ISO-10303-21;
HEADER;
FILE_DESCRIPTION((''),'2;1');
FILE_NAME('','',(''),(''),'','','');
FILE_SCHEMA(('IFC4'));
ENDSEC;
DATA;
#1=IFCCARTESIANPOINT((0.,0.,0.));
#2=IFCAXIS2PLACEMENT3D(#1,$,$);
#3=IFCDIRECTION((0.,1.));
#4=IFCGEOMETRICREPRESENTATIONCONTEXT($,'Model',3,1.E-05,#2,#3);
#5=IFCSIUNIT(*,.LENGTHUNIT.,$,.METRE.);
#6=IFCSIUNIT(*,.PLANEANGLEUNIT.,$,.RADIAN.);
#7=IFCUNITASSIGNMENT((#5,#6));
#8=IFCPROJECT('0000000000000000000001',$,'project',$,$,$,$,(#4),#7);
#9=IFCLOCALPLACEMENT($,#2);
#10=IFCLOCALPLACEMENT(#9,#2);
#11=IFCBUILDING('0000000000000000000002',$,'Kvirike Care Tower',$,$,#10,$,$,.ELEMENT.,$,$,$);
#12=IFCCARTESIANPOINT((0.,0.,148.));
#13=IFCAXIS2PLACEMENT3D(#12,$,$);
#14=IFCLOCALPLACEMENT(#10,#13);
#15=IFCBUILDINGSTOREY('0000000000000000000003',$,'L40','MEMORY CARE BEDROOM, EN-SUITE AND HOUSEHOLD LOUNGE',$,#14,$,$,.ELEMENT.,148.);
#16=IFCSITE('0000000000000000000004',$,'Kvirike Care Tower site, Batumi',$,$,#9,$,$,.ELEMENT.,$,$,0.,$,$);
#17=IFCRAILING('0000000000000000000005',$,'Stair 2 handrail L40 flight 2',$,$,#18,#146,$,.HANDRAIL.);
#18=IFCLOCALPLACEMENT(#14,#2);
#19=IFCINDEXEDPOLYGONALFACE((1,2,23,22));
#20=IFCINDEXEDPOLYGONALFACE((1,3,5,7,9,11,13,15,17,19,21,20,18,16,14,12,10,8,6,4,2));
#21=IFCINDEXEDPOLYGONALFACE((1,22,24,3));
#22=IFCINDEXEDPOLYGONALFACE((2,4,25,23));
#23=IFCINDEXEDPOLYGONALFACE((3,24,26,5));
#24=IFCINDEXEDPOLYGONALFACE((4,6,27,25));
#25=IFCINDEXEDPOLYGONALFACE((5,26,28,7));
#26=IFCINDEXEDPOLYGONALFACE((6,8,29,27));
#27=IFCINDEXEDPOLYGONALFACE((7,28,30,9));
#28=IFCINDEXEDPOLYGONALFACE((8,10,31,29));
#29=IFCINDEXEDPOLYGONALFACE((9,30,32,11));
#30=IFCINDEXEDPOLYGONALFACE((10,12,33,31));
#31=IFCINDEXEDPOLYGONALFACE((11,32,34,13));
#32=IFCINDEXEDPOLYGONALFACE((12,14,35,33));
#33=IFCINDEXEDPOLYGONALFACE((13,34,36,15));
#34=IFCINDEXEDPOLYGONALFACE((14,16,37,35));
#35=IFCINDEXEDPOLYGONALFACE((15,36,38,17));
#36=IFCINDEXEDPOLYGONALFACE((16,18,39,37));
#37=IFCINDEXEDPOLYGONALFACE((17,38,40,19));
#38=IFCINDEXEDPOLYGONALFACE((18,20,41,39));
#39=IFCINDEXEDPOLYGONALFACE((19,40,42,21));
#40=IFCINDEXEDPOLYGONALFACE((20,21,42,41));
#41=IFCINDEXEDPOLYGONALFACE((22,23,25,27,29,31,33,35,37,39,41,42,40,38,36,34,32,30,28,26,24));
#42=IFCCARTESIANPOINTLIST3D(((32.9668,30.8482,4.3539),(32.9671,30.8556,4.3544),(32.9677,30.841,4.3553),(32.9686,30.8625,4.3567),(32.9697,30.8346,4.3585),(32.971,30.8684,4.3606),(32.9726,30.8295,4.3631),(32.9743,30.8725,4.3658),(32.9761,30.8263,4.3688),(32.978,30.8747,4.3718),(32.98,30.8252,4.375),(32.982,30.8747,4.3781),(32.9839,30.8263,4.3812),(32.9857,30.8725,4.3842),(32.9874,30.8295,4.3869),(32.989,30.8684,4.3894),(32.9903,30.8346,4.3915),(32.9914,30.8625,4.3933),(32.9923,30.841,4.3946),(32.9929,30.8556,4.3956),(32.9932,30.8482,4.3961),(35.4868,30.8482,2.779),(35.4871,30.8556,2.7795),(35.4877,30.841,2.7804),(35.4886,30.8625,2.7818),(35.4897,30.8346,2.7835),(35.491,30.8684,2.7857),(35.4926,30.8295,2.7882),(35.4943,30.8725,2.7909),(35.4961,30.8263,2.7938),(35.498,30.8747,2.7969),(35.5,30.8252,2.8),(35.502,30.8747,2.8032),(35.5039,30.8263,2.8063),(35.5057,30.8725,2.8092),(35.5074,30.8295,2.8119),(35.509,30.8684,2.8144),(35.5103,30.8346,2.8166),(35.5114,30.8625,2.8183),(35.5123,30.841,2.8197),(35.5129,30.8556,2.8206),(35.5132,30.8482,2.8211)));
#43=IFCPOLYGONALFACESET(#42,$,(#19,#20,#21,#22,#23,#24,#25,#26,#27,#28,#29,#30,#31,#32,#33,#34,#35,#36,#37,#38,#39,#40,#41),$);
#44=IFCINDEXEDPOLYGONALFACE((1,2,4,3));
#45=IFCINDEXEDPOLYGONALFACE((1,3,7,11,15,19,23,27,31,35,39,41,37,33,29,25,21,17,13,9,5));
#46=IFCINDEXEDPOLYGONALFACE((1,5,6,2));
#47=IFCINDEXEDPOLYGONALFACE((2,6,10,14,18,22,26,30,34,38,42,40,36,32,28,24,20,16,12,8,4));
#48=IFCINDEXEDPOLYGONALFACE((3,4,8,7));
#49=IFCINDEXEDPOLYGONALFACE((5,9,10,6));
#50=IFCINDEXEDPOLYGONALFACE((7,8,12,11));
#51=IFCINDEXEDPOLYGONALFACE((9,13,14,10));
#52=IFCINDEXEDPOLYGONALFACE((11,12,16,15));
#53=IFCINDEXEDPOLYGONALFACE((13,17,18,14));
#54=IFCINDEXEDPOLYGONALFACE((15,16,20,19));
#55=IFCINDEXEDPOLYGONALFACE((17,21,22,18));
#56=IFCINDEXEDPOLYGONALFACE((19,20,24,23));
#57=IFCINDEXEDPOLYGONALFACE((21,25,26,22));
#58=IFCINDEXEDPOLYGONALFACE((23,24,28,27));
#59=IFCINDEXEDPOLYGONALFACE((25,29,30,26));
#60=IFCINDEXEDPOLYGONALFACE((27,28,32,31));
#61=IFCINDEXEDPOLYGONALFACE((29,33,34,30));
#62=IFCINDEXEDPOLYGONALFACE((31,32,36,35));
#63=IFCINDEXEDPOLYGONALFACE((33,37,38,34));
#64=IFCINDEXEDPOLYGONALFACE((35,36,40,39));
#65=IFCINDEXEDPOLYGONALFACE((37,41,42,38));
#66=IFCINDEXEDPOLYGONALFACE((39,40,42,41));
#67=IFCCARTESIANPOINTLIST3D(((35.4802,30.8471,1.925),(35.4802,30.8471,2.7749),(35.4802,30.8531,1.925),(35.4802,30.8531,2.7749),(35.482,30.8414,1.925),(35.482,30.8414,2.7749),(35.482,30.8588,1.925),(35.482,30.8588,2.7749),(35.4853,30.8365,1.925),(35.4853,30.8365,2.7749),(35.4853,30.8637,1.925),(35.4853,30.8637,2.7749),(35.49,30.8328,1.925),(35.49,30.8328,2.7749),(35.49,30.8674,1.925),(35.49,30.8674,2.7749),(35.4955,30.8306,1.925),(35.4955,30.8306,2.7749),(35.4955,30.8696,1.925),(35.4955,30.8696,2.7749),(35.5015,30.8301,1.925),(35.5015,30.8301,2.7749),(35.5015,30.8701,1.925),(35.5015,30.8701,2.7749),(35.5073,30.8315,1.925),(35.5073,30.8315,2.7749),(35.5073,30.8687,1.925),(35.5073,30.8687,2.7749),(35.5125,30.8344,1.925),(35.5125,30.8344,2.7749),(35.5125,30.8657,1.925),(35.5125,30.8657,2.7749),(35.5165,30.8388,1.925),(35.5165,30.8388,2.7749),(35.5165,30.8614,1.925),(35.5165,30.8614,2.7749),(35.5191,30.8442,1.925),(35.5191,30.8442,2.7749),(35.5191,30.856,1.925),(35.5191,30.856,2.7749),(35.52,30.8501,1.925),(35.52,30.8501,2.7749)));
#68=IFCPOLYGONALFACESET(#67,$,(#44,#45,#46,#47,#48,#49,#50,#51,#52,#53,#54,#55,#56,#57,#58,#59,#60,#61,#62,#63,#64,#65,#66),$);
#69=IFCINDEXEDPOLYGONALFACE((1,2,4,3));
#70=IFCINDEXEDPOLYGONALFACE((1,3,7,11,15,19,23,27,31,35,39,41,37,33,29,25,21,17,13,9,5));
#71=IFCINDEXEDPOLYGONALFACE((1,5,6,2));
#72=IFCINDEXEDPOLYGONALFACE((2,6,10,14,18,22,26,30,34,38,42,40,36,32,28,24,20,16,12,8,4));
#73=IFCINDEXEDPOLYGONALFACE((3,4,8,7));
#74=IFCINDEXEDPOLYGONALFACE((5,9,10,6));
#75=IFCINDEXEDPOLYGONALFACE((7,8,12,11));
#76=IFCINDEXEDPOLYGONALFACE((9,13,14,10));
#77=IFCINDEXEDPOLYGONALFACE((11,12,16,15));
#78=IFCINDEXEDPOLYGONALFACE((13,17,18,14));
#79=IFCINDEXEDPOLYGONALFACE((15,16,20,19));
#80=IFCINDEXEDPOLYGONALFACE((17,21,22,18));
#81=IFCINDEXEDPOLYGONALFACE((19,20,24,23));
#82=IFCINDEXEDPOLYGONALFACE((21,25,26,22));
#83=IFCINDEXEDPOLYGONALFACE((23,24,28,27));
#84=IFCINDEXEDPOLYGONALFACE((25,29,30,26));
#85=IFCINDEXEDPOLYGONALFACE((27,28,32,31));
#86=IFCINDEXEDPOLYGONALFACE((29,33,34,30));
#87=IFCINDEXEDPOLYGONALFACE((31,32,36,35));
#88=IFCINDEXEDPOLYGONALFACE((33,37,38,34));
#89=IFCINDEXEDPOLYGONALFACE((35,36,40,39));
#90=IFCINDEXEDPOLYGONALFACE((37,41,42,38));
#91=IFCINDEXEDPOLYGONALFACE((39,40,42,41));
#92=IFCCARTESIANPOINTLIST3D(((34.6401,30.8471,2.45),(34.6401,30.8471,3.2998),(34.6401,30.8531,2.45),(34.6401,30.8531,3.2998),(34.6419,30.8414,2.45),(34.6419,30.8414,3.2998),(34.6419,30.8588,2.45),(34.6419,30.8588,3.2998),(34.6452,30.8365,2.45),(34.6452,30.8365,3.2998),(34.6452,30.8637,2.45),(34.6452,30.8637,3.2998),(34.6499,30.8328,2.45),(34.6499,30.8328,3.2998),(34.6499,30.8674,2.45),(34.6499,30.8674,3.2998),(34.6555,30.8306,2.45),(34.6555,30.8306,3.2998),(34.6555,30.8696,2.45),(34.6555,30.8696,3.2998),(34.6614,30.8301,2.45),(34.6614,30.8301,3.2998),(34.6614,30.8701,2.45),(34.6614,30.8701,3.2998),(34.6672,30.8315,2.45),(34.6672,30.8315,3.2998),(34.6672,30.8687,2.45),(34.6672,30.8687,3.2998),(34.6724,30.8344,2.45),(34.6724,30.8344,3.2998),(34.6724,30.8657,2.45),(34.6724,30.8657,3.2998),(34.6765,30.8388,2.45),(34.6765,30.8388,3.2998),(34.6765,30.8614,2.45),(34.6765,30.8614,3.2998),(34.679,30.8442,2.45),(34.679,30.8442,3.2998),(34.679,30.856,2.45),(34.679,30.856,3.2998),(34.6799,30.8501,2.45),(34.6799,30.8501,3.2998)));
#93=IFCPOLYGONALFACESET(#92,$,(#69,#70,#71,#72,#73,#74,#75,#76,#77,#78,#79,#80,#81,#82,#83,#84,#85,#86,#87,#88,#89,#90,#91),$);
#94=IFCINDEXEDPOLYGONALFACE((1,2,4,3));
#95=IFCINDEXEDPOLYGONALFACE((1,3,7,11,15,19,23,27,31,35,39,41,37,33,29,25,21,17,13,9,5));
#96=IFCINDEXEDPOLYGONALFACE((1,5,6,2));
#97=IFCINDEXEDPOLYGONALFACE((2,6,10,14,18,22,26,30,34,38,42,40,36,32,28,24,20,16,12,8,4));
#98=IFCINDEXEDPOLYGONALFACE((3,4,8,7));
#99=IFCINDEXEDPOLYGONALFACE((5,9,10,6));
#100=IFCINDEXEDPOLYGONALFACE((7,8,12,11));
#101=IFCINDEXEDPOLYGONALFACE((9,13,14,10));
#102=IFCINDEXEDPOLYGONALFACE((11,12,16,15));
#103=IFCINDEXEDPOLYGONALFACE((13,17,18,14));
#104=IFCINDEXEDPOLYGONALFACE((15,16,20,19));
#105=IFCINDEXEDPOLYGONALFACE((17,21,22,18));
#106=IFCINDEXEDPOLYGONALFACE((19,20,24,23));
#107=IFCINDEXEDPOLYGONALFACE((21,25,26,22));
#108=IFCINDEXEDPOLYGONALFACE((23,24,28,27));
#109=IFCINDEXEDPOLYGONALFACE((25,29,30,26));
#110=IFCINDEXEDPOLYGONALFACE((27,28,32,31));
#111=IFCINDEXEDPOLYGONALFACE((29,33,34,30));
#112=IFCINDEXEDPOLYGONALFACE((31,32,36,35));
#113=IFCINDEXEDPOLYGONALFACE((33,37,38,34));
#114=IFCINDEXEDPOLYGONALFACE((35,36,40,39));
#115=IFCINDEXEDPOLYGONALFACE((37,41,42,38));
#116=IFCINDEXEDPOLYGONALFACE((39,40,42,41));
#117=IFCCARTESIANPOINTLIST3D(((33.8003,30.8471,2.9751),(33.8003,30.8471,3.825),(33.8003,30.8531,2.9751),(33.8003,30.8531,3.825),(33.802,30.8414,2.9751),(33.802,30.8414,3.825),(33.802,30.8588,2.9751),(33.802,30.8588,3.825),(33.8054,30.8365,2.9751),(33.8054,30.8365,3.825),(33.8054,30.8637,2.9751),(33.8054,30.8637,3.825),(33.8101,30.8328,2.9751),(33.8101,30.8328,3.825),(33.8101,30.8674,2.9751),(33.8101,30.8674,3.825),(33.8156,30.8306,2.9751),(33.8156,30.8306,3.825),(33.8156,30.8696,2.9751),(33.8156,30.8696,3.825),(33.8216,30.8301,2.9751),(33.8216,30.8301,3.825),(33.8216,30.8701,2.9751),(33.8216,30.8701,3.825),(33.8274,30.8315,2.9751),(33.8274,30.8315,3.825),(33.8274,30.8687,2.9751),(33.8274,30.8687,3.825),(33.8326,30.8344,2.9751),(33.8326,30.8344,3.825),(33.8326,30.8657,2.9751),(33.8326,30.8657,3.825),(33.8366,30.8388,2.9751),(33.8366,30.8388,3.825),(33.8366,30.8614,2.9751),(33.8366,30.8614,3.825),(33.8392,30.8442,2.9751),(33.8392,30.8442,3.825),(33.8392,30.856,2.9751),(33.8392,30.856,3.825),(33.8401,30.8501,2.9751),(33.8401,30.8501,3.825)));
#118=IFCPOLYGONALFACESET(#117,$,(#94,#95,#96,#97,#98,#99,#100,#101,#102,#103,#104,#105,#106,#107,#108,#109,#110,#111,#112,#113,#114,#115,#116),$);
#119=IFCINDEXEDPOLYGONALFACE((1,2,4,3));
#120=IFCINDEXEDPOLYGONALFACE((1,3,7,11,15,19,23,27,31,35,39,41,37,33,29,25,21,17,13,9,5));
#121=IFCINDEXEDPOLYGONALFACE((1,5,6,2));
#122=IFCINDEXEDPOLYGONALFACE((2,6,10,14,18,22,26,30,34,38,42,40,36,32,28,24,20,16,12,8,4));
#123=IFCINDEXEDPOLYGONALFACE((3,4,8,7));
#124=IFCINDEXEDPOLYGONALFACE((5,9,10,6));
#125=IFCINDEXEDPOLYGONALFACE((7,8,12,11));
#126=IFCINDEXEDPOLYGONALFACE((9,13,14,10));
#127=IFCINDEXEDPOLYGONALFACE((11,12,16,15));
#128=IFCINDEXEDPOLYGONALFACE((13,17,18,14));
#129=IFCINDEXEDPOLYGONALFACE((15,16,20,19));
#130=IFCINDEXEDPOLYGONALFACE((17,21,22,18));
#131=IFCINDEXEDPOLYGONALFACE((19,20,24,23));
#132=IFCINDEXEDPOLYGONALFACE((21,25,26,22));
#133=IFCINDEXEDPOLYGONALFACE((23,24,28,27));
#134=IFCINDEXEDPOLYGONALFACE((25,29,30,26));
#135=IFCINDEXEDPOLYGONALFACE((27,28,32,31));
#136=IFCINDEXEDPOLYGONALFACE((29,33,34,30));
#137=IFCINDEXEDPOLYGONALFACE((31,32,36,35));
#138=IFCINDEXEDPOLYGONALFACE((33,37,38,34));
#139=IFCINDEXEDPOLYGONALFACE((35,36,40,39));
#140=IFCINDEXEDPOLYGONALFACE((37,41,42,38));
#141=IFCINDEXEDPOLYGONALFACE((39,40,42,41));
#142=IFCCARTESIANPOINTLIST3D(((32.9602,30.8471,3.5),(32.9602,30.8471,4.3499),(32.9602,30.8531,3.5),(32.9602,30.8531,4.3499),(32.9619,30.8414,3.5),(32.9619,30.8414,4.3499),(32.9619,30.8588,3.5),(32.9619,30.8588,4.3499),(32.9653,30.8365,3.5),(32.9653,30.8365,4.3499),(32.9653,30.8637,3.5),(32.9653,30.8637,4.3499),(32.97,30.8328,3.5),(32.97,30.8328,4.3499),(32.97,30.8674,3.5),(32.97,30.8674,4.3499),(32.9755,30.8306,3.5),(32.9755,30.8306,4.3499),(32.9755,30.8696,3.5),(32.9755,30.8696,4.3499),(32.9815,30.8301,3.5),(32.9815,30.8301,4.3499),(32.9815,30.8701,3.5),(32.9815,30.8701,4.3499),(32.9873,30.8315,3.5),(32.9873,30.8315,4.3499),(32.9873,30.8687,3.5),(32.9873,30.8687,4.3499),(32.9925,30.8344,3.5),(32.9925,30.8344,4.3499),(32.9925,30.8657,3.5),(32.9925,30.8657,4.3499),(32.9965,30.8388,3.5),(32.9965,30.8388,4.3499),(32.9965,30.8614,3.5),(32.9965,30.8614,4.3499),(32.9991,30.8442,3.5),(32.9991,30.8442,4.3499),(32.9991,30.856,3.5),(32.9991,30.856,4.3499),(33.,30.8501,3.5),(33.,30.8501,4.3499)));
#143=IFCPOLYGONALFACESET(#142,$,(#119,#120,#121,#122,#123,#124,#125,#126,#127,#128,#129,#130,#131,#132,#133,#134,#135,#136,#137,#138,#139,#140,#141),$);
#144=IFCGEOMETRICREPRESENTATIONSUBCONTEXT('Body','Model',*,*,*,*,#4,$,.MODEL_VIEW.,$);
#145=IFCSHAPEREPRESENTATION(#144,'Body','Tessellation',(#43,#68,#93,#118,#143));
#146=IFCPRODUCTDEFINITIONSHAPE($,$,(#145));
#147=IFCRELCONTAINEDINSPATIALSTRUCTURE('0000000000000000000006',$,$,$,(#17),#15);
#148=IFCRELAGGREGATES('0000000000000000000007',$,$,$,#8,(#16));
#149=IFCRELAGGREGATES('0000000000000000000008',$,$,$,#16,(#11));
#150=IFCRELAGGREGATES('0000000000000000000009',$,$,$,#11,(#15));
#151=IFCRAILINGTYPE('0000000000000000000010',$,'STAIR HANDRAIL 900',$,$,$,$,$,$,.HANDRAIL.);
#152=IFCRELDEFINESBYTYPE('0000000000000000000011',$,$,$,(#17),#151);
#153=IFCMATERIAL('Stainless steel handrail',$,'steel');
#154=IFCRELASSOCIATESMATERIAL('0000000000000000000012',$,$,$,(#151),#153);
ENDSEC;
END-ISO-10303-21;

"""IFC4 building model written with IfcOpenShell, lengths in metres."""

from ifc_helpers import new_model, si_unit, direction, frame, origin, origin_2d, place, context, subcontext, project, spatial, circle, extrude, material, type_object, element, save


model = new_model("IFC4")

# Units and contexts
model_context = context("Model", 3, precision=1e-05, world=origin(), true_north=direction((0.0, 1.0)))
body_context = subcontext(model_context, "Body", "Model", "MODEL_VIEW")
ifc_project = project(units=[si_unit("LENGTHUNIT", "METRE"), si_unit("PLANEANGLEUNIT", "RADIAN")], contexts=[model_context])

# Site, building, storey
site_placement = place(None, origin())
site = spatial("IfcSite", under=ifc_project, at=site_placement, Name="Kvirike Care Tower site, Batumi", CompositionType="ELEMENT", RefElevation=0.0)
building_placement = place(site_placement, origin())
building = spatial("IfcBuilding", under=site, at=building_placement, Name="Kvirike Care Tower", CompositionType="ELEMENT")
storey_placement = place(building_placement, frame((0.0, 0.0, 148.0)))
storey = spatial("IfcBuildingStorey", under=building, at=storey_placement, Name="L40", Description="MEMORY CARE BEDROOM, EN-SUITE AND HOUSEHOLD LOUNGE", CompositionType="ELEMENT", Elevation=148.0)

# Railing
ifc_material_1 = material(Name="Stainless steel handrail", Category="steel")
railing_type = type_object("IfcRailingType", Name="STAIR HANDRAIL 900", PredefinedType="HANDRAIL", material=ifc_material_1)
railing_1_placement = place(storey_placement, frame((35.5, 30.8501, 1.925)))
element("IfcRailing", 1, at=railing_1_placement, inside=storey, type_object=railing_type, Name="Stair 2 handrail L40 flight 2", PredefinedType="HANDRAIL", context=body_context, shape_type="SweptSolid", body=[
    extrude(circle(Radius=0.0249, at=origin_2d()), frame((0.0, 0.0, 0.875), z_axis=(-0.848008, 0.0, 0.529984), x_axis=(0.0, -1.0, 0.0)), (0.0, 0.0, 1.0), 2.9717),
    extrude(circle(Radius=0.02, at=origin_2d()), origin(), (0.0, 0.0, 1.0), 0.8499),
    extrude(circle(Radius=0.02, at=origin_2d()), frame((-0.8401, 0.0, 0.5249)), (0.0, 0.0, 1.0), 0.8499),
    extrude(circle(Radius=0.02, at=origin_2d()), frame((-1.6799, 0.0, 1.05)), (0.0, 0.0, 1.0), 0.8499),
    extrude(circle(Radius=0.02, at=origin_2d()), frame((-2.52, 0.0, 1.575)), (0.0, 0.0, 1.0), 0.8499),
])

save(model, "model.ifc")
